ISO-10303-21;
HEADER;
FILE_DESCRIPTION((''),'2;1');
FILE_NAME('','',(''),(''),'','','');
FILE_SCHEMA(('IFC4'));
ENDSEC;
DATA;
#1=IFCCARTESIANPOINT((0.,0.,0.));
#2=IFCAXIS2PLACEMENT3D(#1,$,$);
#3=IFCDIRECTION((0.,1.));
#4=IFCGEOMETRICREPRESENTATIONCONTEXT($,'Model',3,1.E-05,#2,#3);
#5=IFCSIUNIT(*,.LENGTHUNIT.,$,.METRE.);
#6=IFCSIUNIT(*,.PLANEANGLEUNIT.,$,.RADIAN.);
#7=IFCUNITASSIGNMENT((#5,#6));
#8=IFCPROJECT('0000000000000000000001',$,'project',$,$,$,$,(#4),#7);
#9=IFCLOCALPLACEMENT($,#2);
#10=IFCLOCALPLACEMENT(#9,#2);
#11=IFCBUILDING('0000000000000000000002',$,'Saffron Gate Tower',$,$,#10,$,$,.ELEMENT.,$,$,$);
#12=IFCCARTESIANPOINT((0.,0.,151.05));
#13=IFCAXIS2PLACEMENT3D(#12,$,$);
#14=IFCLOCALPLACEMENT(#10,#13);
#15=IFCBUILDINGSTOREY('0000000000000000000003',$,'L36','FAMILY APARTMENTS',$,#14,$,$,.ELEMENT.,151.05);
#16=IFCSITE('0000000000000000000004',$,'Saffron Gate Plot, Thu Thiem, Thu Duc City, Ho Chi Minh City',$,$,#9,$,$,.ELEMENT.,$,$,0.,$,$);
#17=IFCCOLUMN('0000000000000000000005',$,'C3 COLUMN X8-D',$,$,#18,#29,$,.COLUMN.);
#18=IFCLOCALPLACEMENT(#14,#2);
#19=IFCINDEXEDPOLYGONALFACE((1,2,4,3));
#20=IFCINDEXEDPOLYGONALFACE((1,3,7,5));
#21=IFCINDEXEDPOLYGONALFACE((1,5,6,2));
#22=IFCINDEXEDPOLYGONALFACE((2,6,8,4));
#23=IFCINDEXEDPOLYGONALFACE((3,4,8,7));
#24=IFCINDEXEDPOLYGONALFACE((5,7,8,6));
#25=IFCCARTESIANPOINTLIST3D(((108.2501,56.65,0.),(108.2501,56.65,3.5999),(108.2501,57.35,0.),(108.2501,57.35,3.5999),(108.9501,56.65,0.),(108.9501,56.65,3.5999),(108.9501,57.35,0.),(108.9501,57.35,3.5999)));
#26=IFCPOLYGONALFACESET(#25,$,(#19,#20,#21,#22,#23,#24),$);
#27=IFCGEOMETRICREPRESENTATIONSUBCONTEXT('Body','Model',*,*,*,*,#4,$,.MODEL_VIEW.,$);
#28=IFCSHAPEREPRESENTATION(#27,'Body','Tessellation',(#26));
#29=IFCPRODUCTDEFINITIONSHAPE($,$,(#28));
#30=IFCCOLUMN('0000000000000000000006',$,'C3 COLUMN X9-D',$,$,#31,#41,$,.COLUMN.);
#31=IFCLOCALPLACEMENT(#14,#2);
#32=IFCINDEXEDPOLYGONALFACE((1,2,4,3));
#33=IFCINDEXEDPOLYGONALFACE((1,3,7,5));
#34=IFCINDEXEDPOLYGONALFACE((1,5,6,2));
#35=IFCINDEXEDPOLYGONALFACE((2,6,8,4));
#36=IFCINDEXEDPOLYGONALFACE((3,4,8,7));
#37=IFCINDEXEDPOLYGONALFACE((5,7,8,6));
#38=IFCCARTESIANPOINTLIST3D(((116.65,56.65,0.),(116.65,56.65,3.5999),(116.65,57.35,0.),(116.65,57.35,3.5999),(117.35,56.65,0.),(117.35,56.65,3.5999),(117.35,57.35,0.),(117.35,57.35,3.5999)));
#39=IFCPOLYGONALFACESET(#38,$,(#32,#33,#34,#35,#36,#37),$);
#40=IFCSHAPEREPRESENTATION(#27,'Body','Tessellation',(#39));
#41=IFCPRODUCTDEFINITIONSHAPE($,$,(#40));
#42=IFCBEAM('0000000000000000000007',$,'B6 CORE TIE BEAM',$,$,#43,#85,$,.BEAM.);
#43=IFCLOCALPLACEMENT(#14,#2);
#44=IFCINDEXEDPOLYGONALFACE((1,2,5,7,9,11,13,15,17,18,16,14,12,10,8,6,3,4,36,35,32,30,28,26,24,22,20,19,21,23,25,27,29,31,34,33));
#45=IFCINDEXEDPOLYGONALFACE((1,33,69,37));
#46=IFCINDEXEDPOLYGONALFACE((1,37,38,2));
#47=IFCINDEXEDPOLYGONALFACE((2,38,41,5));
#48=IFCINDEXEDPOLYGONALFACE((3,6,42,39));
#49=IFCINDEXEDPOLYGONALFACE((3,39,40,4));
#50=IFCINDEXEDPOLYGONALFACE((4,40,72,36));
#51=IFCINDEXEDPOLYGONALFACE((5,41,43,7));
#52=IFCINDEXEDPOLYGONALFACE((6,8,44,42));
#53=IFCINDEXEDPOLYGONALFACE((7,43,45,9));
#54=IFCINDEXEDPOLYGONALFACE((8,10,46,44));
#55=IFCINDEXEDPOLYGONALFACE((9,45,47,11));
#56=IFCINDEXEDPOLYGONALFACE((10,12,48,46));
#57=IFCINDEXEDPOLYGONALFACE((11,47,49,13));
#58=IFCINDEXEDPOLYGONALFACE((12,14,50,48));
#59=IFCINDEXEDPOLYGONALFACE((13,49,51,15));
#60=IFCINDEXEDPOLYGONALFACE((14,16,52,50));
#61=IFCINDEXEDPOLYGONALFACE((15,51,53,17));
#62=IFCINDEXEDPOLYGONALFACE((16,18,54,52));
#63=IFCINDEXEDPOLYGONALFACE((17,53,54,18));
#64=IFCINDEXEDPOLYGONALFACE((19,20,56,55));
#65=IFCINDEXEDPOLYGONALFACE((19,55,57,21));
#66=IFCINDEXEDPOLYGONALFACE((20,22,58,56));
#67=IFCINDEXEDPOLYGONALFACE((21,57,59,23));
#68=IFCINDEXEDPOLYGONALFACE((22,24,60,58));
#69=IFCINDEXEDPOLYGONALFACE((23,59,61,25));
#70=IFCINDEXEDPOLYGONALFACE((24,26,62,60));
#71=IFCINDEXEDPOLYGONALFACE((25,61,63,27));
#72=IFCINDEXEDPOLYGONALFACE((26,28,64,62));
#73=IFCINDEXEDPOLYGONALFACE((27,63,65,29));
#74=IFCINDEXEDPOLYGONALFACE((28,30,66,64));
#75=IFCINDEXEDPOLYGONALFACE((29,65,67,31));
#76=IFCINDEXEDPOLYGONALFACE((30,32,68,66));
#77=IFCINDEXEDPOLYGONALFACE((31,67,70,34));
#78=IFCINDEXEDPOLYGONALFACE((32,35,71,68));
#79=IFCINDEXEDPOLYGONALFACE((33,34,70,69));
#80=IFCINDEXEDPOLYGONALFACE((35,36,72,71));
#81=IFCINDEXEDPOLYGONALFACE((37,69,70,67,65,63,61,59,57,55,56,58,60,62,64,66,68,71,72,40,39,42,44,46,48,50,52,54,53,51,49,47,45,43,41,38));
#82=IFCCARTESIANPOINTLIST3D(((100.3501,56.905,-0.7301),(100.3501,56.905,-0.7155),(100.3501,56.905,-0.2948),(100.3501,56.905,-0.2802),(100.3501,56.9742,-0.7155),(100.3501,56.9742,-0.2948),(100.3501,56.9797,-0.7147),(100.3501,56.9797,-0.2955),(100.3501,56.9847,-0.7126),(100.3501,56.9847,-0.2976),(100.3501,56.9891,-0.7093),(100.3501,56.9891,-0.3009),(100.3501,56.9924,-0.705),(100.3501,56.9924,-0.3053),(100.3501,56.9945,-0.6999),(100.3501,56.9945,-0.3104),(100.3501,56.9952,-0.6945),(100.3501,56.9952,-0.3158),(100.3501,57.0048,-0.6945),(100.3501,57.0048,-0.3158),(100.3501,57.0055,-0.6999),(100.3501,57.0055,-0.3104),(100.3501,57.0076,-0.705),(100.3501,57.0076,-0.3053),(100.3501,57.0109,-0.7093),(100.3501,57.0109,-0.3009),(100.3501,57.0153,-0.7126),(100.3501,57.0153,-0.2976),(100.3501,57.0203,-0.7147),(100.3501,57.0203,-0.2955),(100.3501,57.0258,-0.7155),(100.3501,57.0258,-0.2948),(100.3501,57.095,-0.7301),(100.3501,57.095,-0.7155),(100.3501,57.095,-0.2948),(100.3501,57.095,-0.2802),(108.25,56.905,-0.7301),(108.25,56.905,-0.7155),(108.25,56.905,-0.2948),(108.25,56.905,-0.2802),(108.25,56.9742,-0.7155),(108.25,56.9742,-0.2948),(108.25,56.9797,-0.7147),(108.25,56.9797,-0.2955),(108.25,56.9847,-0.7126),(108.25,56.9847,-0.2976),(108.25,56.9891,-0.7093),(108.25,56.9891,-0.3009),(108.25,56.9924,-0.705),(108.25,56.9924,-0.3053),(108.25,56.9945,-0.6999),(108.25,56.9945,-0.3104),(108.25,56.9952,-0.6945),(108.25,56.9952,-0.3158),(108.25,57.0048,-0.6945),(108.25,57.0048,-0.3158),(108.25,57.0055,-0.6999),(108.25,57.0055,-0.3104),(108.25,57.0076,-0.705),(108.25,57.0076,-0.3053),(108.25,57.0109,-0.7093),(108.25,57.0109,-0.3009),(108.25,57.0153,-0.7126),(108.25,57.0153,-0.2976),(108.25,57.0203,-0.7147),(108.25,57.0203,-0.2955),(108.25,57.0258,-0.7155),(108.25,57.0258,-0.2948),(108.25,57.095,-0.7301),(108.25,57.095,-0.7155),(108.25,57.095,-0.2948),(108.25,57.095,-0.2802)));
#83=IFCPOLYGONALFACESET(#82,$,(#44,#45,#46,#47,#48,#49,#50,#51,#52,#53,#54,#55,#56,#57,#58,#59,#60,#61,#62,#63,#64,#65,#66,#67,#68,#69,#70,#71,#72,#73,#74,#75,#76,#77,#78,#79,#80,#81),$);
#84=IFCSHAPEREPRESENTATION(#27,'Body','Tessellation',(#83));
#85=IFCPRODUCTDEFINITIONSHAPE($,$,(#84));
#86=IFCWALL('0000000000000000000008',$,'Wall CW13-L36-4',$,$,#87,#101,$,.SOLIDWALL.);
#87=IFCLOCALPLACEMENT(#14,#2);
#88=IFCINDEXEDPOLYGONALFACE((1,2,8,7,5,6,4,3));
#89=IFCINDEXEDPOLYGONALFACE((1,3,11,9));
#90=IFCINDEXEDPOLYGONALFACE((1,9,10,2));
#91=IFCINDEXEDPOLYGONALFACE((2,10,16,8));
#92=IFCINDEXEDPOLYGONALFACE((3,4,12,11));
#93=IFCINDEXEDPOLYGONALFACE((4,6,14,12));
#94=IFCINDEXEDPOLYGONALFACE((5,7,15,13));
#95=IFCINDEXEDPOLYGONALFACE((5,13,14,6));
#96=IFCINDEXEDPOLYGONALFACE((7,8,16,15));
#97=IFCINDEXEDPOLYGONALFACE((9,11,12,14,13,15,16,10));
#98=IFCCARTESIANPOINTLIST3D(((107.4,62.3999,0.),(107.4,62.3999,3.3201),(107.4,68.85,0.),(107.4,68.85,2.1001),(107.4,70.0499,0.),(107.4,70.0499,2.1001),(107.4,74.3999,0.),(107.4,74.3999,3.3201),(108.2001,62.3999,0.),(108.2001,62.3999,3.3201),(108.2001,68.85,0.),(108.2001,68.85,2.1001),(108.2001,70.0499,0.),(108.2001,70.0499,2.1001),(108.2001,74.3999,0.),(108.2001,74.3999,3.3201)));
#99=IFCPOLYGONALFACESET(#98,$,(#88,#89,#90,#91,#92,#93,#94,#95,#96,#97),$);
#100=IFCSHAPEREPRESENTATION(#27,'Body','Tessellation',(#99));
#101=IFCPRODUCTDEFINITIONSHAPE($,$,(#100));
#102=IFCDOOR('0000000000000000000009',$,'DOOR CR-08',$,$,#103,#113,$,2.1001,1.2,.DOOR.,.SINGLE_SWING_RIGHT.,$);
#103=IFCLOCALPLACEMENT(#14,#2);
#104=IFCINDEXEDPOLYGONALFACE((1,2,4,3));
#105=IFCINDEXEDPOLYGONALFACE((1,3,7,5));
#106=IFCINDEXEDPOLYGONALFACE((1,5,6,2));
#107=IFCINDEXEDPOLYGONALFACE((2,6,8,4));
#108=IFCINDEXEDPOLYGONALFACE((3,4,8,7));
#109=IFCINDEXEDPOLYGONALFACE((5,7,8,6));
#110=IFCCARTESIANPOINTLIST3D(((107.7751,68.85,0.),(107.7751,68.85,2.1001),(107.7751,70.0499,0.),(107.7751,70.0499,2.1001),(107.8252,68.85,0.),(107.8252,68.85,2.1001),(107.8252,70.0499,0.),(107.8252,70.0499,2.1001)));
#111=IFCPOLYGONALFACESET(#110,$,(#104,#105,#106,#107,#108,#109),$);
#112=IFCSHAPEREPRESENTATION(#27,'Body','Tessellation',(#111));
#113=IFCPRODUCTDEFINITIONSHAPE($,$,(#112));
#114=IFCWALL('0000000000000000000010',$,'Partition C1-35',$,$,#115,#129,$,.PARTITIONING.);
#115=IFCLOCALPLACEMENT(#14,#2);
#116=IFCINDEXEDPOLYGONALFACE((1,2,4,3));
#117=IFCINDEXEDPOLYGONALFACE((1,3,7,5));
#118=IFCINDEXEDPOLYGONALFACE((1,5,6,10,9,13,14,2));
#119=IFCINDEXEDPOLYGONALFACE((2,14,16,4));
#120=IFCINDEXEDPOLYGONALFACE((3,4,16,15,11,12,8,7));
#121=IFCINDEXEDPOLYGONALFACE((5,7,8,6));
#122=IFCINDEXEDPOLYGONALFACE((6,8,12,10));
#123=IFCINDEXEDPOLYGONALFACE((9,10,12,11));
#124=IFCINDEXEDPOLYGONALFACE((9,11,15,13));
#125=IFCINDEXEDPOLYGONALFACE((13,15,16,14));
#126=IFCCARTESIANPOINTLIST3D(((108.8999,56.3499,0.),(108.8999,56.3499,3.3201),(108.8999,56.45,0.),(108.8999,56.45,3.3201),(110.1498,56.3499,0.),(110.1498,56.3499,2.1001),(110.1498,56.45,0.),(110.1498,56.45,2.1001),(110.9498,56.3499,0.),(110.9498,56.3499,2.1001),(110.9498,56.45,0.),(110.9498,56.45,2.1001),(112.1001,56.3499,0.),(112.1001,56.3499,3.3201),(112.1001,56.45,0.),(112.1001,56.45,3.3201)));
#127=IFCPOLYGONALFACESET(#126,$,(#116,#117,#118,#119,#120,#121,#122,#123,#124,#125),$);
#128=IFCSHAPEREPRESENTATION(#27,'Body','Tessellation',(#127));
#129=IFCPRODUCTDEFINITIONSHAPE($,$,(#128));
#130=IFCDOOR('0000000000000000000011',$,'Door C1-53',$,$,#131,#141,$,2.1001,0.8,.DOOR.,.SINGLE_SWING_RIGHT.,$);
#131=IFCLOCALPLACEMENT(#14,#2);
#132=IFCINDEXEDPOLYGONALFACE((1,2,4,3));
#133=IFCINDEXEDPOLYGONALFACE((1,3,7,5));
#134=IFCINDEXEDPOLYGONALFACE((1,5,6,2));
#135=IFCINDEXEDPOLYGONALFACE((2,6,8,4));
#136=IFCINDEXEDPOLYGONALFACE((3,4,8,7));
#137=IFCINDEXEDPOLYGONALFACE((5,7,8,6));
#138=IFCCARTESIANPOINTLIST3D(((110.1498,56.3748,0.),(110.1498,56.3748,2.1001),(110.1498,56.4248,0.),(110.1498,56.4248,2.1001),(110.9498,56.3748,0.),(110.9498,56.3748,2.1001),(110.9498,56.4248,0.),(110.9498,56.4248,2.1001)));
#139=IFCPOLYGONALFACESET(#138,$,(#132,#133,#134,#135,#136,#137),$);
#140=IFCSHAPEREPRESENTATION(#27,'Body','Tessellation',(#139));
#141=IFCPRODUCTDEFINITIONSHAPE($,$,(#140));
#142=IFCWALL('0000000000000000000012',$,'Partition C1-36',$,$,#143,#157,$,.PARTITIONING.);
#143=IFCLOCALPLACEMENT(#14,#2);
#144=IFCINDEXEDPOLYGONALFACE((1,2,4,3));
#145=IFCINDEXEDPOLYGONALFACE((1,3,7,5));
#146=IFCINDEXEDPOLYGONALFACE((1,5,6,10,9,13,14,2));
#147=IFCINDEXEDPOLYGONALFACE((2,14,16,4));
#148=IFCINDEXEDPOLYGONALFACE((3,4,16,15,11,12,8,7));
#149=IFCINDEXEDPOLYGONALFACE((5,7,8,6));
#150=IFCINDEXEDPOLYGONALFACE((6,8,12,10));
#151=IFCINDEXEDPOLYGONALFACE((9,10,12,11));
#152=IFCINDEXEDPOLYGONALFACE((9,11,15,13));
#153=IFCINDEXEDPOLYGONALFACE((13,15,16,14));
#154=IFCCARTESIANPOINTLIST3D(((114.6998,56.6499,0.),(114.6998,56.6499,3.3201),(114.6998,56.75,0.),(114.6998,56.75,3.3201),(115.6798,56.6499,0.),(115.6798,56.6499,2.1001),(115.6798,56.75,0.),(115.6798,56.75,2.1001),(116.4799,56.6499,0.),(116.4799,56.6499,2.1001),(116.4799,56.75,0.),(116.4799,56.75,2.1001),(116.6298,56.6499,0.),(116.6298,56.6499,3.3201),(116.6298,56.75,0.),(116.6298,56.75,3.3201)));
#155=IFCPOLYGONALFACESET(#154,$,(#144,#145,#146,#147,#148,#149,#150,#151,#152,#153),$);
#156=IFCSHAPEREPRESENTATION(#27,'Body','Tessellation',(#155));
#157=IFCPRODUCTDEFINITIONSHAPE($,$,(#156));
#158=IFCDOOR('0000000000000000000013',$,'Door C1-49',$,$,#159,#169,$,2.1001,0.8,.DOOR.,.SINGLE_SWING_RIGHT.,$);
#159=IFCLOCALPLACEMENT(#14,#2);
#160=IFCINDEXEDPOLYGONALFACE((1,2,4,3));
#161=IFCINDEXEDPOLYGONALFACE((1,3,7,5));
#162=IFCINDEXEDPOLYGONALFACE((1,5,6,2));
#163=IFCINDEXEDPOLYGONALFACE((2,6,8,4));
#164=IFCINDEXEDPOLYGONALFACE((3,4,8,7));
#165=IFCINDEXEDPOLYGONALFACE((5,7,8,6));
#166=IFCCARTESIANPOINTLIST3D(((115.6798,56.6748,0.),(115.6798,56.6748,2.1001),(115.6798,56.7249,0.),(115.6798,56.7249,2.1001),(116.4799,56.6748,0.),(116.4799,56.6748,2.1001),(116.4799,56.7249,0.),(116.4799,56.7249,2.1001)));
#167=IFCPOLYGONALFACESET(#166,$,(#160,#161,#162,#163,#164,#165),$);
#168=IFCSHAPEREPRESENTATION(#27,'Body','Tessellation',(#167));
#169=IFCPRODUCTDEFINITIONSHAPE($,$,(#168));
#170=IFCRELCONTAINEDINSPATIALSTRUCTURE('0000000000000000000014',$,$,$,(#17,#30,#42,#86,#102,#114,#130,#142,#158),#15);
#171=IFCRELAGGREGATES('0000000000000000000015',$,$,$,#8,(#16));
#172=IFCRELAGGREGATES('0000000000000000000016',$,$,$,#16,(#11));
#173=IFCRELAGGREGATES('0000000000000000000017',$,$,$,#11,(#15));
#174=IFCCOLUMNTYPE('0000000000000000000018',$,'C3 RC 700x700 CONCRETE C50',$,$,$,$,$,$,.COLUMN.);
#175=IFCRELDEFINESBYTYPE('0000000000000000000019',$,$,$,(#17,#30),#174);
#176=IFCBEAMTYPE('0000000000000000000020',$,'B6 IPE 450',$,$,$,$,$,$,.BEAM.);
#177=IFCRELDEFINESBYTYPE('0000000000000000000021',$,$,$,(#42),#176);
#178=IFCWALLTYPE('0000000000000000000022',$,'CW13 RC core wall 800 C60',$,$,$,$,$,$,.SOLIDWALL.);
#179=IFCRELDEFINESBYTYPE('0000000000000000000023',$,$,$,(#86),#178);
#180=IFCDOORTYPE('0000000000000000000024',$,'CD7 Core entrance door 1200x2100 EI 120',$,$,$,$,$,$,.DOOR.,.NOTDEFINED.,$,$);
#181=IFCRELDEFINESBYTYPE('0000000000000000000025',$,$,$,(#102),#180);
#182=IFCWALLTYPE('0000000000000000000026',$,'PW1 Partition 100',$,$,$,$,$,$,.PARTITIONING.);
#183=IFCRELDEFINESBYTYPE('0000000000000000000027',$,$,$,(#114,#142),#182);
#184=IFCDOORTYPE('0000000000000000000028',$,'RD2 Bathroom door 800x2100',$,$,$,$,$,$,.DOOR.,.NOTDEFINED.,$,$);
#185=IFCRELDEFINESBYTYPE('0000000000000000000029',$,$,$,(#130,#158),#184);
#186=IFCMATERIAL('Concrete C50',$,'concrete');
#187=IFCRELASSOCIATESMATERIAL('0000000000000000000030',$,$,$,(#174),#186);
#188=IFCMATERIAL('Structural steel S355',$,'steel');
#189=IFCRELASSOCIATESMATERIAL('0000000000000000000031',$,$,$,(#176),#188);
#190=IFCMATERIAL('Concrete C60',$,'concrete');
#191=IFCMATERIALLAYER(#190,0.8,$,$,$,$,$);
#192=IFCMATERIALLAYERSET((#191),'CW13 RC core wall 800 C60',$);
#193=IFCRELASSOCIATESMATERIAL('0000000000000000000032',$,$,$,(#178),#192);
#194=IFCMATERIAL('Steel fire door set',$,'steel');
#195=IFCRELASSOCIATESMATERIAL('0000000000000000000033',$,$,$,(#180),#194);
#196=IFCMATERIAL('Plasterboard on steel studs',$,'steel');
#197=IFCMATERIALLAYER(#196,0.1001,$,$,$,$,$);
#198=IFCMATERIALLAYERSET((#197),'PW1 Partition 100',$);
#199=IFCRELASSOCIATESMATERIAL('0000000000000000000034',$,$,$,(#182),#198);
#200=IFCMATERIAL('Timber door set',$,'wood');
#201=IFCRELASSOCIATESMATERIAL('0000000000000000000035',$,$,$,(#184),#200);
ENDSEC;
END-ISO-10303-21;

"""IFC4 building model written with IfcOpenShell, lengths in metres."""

from ifc_helpers import new_model, si_unit, direction, frame, frame_2d, origin, origin_2d, place, context, subcontext, project, spatial, rectangle, i_section, extrude, material, layer, layer_set, material_profile, profile_set, type_object, element, fill, save


model = new_model("IFC4")

# Units and contexts
model_context = context("Model", 3, precision=1e-05, world=origin(), true_north=direction((0.0, 1.0)))
body_context = subcontext(model_context, "Body", "Model", "MODEL_VIEW")
ifc_project = project(units=[si_unit("LENGTHUNIT", "METRE"), si_unit("PLANEANGLEUNIT", "RADIAN")], contexts=[model_context])

# Site, building, storey
site_placement = place(None, origin())
site = spatial("IfcSite", under=ifc_project, at=site_placement, Name="Saffron Gate Plot, Thu Thiem, Thu Duc City, Ho Chi Minh City", CompositionType="ELEMENT", RefElevation=0.0)
building_placement = place(site_placement, origin())
building = spatial("IfcBuilding", under=site, at=building_placement, Name="Saffron Gate Tower", CompositionType="ELEMENT")
storey_placement = place(building_placement, frame((0.0, 0.0, 151.05)))
storey = spatial("IfcBuildingStorey", under=building, at=storey_placement, Name="L36", Description="FAMILY APARTMENTS", CompositionType="ELEMENT", Elevation=151.05)

# Columns
ifc_material_1 = material(Name="Concrete C50", Category="concrete")
ifc_material_profile_1 = material_profile(ifc_material_1, rectangle(XDim=0.7, YDim=0.7, at=origin_2d()))
ifc_profile_set_1 = profile_set([ifc_material_profile_1], Name="Concrete C50")
column_type = type_object("IfcColumnType", Name="C3 RC 700x700 CONCRETE C50", PredefinedType="COLUMN", material=ifc_profile_set_1)
for number, where, z_axis, x_axis, name in (
    (1, (108.6001, 57.0, 0.0), (0.0, 0.0, 1.0), (1.0, 0.0, 0.0), "C3 COLUMN X8-D"),
    (2, (117.0, 57.0, 0.0), (0.0, 0.0, 1.0), (1.0, 0.0, 0.0), "C3 COLUMN X9-D"),
):
    element("IfcColumn", number, at=place(storey_placement, frame(where, z_axis=z_axis, x_axis=x_axis)), inside=storey, type_object=column_type, Name=name, PredefinedType="COLUMN", context=body_context, shape_type="SweptSolid", body=[
        extrude(rectangle(XDim=0.7, YDim=0.7, at=origin_2d()), origin(), (0.0, 0.0, 1.0), 3.5999),
    ])

# Beam
ifc_material_2 = material(Name="Structural steel S355", Category="steel")
ifc_material_profile_2 = material_profile(ifc_material_2, i_section(OverallWidth=0.1899, OverallDepth=0.45, WebThickness=0.0095, FlangeThickness=0.0146, FilletRadius=0.021, at=origin_2d()))
ifc_profile_set_2 = profile_set([ifc_material_profile_2], Name="Structural steel S355")
beam_type = type_object("IfcBeamType", Name="B6 IPE 450", PredefinedType="BEAM", material=ifc_profile_set_2)
beam_placement = place(storey_placement, frame((108.25, 57.0, -0.5051), z_axis=(-1.0, 0.0, 0.0), x_axis=(0.0, -1.0, 0.0)))
element("IfcBeam", 3, at=beam_placement, inside=storey, type_object=beam_type, Name="B6 CORE TIE BEAM", PredefinedType="BEAM", context=body_context, shape_type="SweptSolid", body=[
    extrude(i_section(OverallWidth=0.1899, OverallDepth=0.45, WebThickness=0.0095, FlangeThickness=0.0146, FilletRadius=0.021, at=origin_2d()), origin(), (0.0, 0.0, 1.0), 7.8999),
])

# Walls, openings, doors
ifc_material_3 = material(Name="Concrete C60", Category="concrete")
ifc_layer_1 = layer(ifc_material_3, 0.8)
ifc_layer_set_1 = layer_set([ifc_layer_1], Name="CW13 RC core wall 800 C60")
wall_type_1 = type_object("IfcWallType", Name="CW13 RC core wall 800 C60", PredefinedType="SOLIDWALL", material=ifc_layer_set_1)
wall_1_placement = place(storey_placement, frame((107.8, 62.3999, 0.0), z_axis=(0.0, 0.0, 1.0), x_axis=(0.0, 1.0, 0.0)))
wall_1 = element("IfcWall", 4, at=wall_1_placement, inside=storey, type_object=wall_type_1, Name="Wall CW13-L36-4", PredefinedType="SOLIDWALL", context=body_context, shape_type="SweptSolid", body=[
    extrude(rectangle(XDim=12.0, YDim=0.8, at=frame_2d((6.0, 0.0))), origin(), (0.0, 0.0, 1.0), 3.3201),
])
opening_1_placement = place(wall_1_placement, frame((6.45, 0.0, 0.0)))
opening_1 = element("IfcOpeningElement", 5, at=opening_1_placement, cuts=wall_1, PredefinedType="OPENING", context=body_context, shape_type="SweptSolid", body=[
    extrude(rectangle(XDim=1.2, YDim=2.1001, at=frame_2d((0.6001, 1.05))), frame((0.0, 0.4102, 0.0), z_axis=(0.0, -1.0, 0.0), x_axis=(1.0, 0.0, 0.0)), (0.0, 0.0, 1.0), 0.8201),
])
ifc_material_4 = material(Name="Steel fire door set", Category="steel")
door_type_1 = type_object("IfcDoorType", Name="CD7 Core entrance door 1200x2100 EI 120", OperationType="NOTDEFINED", PredefinedType="DOOR", material=ifc_material_4)
door_1_placement = place(opening_1_placement, origin())
door_1 = element("IfcDoor", 6, at=door_1_placement, inside=storey, type_object=door_type_1, Name="DOOR CR-08", OperationType="SINGLE_SWING_RIGHT", OverallHeight=2.1001, OverallWidth=1.2, PredefinedType="DOOR", context=body_context, shape_type="SweptSolid", body=[
    extrude(rectangle(XDim=1.2, YDim=2.1001, at=frame_2d((0.6001, 1.05))), frame((0.0, 0.0249, 0.0), z_axis=(0.0, -1.0, 0.0), x_axis=(1.0, 0.0, 0.0)), (0.0, 0.0, 1.0), 0.05),
])
fill(opening_1, door_1)
ifc_material_5 = material(Name="Plasterboard on steel studs", Category="steel")
ifc_layer_2 = layer(ifc_material_5, 0.1001)
ifc_layer_set_2 = layer_set([ifc_layer_2], Name="PW1 Partition 100")
wall_type_2 = type_object("IfcWallType", Name="PW1 Partition 100", PredefinedType="PARTITIONING", material=ifc_layer_set_2)
wall_2_placement = place(storey_placement, frame((108.8999, 56.3999, 0.0), z_axis=(0.0, 0.0, 1.0), x_axis=(1.0, 0.0, 0.0)))
wall_2 = element("IfcWall", 7, at=wall_2_placement, inside=storey, type_object=wall_type_2, Name="Partition C1-35", PredefinedType="PARTITIONING", context=body_context, shape_type="SweptSolid", body=[
    extrude(rectangle(XDim=3.2002, YDim=0.1001, at=frame_2d((1.6001, 0.0))), origin(), (0.0, 0.0, 1.0), 3.3201),
])
opening_2_placement = place(wall_2_placement, frame((1.25, 0.0, 0.0)))
opening_2 = element("IfcOpeningElement", 8, at=opening_2_placement, cuts=wall_2, PredefinedType="OPENING", context=body_context, shape_type="SweptSolid", body=[
    extrude(rectangle(XDim=0.8, YDim=2.1001, at=frame_2d((0.3999, 1.05))), frame((0.0, 0.0601, 0.0), z_axis=(0.0, -1.0, 0.0), x_axis=(1.0, 0.0, 0.0)), (0.0, 0.0, 1.0), 0.1201),
])
ifc_material_6 = material(Name="Timber door set", Category="wood")
door_type_2 = type_object("IfcDoorType", Name="RD2 Bathroom door 800x2100", OperationType="NOTDEFINED", PredefinedType="DOOR", material=ifc_material_6)
door_2_placement = place(opening_2_placement, origin())
door_2 = element("IfcDoor", 9, at=door_2_placement, inside=storey, type_object=door_type_2, Name="Door C1-53", OperationType="SINGLE_SWING_RIGHT", OverallHeight=2.1001, OverallWidth=0.8, PredefinedType="DOOR", context=body_context, shape_type="SweptSolid", body=[
    extrude(rectangle(XDim=0.8, YDim=2.1001, at=frame_2d((0.3999, 1.05))), frame((0.0, 0.0249, 0.0), z_axis=(0.0, -1.0, 0.0), x_axis=(1.0, 0.0, 0.0)), (0.0, 0.0, 1.0), 0.05),
])
fill(opening_2, door_2)
wall_3_placement = place(storey_placement, frame((114.7, 56.7, 0.0), z_axis=(0.0, 0.0, 1.0), x_axis=(1.0, 0.0, 0.0)))
wall_3 = element("IfcWall", 10, at=wall_3_placement, inside=storey, type_object=wall_type_2, Name="Partition C1-36", PredefinedType="PARTITIONING", context=body_context, shape_type="SweptSolid", body=[
    extrude(rectangle(XDim=1.9299, YDim=0.1001, at=frame_2d((0.9648, 0.0))), origin(), (0.0, 0.0, 1.0), 3.3201),
])
opening_3_placement = place(wall_3_placement, frame((0.98, 0.0, 0.0)))
opening_3 = element("IfcOpeningElement", 11, at=opening_3_placement, cuts=wall_3, PredefinedType="OPENING", context=body_context, shape_type="SweptSolid", body=[
    extrude(rectangle(XDim=0.8, YDim=2.1001, at=frame_2d((0.3999, 1.05))), frame((0.0, 0.0601, 0.0), z_axis=(0.0, -1.0, 0.0), x_axis=(1.0, 0.0, 0.0)), (0.0, 0.0, 1.0), 0.1201),
])
door_3_placement = place(opening_3_placement, origin())
door_3 = element("IfcDoor", 12, at=door_3_placement, inside=storey, type_object=door_type_2, Name="Door C1-49", OperationType="SINGLE_SWING_RIGHT", OverallHeight=2.1001, OverallWidth=0.8, PredefinedType="DOOR", context=body_context, shape_type="SweptSolid", body=[
    extrude(rectangle(XDim=0.8, YDim=2.1001, at=frame_2d((0.3999, 1.05))), frame((0.0, 0.0249, 0.0), z_axis=(0.0, -1.0, 0.0), x_axis=(1.0, 0.0, 0.0)), (0.0, 0.0, 1.0), 0.05),
])
fill(opening_3, door_3)

save(model, "model.ifc")
